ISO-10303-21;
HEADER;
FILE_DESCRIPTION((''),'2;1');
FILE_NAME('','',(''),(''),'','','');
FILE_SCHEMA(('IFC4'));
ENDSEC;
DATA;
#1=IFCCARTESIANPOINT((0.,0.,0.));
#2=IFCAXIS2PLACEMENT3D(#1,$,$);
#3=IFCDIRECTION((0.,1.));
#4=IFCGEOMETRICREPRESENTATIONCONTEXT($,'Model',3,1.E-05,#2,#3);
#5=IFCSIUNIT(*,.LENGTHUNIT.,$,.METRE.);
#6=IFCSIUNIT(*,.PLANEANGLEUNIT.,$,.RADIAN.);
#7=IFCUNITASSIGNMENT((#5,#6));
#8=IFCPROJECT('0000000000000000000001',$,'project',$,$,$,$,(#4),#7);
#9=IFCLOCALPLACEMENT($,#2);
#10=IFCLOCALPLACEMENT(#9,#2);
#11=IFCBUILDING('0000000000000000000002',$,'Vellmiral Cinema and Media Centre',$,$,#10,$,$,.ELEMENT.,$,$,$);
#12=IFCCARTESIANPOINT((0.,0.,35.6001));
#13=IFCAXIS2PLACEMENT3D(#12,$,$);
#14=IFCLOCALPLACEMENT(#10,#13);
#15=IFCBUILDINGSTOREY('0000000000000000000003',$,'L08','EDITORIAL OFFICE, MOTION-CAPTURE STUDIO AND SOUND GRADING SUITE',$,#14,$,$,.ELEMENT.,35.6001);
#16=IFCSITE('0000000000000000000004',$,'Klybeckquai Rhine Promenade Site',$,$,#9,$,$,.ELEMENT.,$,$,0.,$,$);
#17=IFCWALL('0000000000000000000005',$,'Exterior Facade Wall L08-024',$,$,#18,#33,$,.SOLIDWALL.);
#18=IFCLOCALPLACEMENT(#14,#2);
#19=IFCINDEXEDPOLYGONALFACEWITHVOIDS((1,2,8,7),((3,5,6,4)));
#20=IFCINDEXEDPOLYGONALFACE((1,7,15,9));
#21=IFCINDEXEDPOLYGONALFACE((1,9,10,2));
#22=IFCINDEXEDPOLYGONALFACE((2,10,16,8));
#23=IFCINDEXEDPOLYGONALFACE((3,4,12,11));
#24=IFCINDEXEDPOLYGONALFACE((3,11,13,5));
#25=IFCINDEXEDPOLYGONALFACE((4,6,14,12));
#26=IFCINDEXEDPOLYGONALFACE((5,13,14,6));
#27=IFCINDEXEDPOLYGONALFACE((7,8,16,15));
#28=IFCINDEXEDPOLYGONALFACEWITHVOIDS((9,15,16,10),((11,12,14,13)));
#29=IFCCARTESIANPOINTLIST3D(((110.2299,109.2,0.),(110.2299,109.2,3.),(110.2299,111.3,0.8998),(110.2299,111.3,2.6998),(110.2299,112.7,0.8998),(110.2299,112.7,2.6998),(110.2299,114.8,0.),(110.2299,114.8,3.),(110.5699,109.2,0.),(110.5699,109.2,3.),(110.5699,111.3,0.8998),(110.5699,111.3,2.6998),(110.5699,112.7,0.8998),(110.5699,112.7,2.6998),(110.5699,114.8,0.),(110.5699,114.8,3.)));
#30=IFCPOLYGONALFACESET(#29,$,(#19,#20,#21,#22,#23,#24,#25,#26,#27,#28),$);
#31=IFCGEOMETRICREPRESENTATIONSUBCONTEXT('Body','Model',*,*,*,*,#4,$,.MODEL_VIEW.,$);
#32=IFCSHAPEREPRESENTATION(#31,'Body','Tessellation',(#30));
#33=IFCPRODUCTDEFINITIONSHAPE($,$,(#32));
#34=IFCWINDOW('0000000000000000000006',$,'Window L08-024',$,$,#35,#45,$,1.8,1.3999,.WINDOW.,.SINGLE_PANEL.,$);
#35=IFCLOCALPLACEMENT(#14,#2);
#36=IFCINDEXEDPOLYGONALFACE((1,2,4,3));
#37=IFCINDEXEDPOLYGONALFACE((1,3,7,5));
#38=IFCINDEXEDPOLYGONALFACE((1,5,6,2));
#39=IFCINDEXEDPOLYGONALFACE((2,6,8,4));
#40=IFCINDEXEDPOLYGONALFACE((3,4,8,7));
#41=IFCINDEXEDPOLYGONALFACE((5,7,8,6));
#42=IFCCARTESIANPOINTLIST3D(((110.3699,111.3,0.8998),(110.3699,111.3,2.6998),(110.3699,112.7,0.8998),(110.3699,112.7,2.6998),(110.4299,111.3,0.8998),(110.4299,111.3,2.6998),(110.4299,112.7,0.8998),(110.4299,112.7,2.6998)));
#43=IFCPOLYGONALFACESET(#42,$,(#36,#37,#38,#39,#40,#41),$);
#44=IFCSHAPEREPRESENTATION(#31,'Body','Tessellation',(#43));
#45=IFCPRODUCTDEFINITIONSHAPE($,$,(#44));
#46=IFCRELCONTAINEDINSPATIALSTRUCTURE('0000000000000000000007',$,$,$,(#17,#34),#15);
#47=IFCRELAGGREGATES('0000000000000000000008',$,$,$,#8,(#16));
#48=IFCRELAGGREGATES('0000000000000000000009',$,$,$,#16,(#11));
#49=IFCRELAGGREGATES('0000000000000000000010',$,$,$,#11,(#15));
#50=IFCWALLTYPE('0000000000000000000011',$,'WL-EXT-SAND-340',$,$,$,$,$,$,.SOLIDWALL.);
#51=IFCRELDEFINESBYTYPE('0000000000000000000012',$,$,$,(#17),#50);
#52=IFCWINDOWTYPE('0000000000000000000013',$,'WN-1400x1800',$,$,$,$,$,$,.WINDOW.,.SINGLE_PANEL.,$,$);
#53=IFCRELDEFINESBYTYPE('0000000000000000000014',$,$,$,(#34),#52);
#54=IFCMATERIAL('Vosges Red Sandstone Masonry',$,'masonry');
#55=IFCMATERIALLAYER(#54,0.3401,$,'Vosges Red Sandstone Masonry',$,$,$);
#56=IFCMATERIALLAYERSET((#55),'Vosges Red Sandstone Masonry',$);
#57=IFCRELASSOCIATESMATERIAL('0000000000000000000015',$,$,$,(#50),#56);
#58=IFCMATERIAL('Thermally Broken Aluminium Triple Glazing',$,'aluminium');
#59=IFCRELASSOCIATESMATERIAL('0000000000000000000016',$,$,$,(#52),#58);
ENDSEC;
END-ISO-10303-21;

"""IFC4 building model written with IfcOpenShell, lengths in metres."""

from ifc_helpers import new_model, si_unit, direction, frame, frame_2d, origin, place, context, subcontext, project, spatial, rectangle, extrude, material, layer, layer_set, type_object, element, fill, save


model = new_model("IFC4")

# Units and contexts
model_context = context("Model", 3, precision=1e-05, world=origin(), true_north=direction((0.0, 1.0)))
body_context = subcontext(model_context, "Body", "Model", "MODEL_VIEW")
ifc_project = project(units=[si_unit("LENGTHUNIT", "METRE"), si_unit("PLANEANGLEUNIT", "RADIAN")], contexts=[model_context])

# Site, building, storey
site_placement = place(None, origin())
site = spatial("IfcSite", under=ifc_project, at=site_placement, Name="Klybeckquai Rhine Promenade Site", CompositionType="ELEMENT", RefElevation=0.0)
building_placement = place(site_placement, origin())
building = spatial("IfcBuilding", under=site, at=building_placement, Name="Vellmiral Cinema and Media Centre", CompositionType="ELEMENT")
storey_placement = place(building_placement, frame((0.0, 0.0, 35.6001)))
storey = spatial("IfcBuildingStorey", under=building, at=storey_placement, Name="L08", Description="EDITORIAL OFFICE, MOTION-CAPTURE STUDIO AND SOUND GRADING SUITE", CompositionType="ELEMENT", Elevation=35.6001)

# Wall, opening, window
ifc_material_1 = material(Name="Vosges Red Sandstone Masonry", Category="masonry")
ifc_layer_1 = layer(ifc_material_1, 0.3401, Name="Vosges Red Sandstone Masonry")
ifc_layer_set_1 = layer_set([ifc_layer_1], Name="Vosges Red Sandstone Masonry")
wall_type = type_object("IfcWallType", Name="WL-EXT-SAND-340", PredefinedType="SOLIDWALL", material=ifc_layer_set_1)
wall_placement = place(storey_placement, frame((110.3999, 114.8, 0.0), z_axis=(0.0, 0.0, 1.0), x_axis=(0.0, -1.0, 0.0)))
wall = element("IfcWall", 1, at=wall_placement, inside=storey, type_object=wall_type, Name="Exterior Facade Wall L08-024", PredefinedType="SOLIDWALL", context=body_context, shape_type="SweptSolid", body=[
    extrude(rectangle(XDim=5.6001, YDim=0.3401, at=frame_2d((2.8, 0.0))), origin(), (0.0, 0.0, 1.0), 3.0),
])
opening_placement = place(wall_placement, frame((2.1001, 0.0, 0.8999)))
opening = element("IfcOpeningElement", 2, at=opening_placement, cuts=wall, PredefinedType="OPENING", context=body_context, shape_type="SweptSolid", body=[
    extrude(rectangle(XDim=1.3999, YDim=1.8, at=frame_2d((0.7, 0.8999))), frame((0.0, 0.1821, 0.0), z_axis=(0.0, -1.0, 0.0), x_axis=(1.0, 0.0, 0.0)), (0.0, 0.0, 1.0), 0.364),
])
ifc_material_2 = material(Name="Thermally Broken Aluminium Triple Glazing", Category="aluminium")
window_type = type_object("IfcWindowType", Name="WN-1400x1800", PartitioningType="SINGLE_PANEL", PredefinedType="WINDOW", material=ifc_material_2)
window_placement = place(opening_placement, origin())
window = element("IfcWindow", 3, at=window_placement, inside=storey, type_object=window_type, Name="Window L08-024", OverallHeight=1.8, OverallWidth=1.3999, PartitioningType="SINGLE_PANEL", PredefinedType="WINDOW", context=body_context, shape_type="SweptSolid", body=[
    extrude(rectangle(XDim=1.3999, YDim=1.8, at=frame_2d((0.7, 0.8999))), frame((0.0, 0.03, 0.0), z_axis=(0.0, -1.0, 0.0), x_axis=(1.0, 0.0, 0.0)), (0.0, 0.0, 1.0), 0.0601),
])
fill(opening, window)

save(model, "model.ifc")
